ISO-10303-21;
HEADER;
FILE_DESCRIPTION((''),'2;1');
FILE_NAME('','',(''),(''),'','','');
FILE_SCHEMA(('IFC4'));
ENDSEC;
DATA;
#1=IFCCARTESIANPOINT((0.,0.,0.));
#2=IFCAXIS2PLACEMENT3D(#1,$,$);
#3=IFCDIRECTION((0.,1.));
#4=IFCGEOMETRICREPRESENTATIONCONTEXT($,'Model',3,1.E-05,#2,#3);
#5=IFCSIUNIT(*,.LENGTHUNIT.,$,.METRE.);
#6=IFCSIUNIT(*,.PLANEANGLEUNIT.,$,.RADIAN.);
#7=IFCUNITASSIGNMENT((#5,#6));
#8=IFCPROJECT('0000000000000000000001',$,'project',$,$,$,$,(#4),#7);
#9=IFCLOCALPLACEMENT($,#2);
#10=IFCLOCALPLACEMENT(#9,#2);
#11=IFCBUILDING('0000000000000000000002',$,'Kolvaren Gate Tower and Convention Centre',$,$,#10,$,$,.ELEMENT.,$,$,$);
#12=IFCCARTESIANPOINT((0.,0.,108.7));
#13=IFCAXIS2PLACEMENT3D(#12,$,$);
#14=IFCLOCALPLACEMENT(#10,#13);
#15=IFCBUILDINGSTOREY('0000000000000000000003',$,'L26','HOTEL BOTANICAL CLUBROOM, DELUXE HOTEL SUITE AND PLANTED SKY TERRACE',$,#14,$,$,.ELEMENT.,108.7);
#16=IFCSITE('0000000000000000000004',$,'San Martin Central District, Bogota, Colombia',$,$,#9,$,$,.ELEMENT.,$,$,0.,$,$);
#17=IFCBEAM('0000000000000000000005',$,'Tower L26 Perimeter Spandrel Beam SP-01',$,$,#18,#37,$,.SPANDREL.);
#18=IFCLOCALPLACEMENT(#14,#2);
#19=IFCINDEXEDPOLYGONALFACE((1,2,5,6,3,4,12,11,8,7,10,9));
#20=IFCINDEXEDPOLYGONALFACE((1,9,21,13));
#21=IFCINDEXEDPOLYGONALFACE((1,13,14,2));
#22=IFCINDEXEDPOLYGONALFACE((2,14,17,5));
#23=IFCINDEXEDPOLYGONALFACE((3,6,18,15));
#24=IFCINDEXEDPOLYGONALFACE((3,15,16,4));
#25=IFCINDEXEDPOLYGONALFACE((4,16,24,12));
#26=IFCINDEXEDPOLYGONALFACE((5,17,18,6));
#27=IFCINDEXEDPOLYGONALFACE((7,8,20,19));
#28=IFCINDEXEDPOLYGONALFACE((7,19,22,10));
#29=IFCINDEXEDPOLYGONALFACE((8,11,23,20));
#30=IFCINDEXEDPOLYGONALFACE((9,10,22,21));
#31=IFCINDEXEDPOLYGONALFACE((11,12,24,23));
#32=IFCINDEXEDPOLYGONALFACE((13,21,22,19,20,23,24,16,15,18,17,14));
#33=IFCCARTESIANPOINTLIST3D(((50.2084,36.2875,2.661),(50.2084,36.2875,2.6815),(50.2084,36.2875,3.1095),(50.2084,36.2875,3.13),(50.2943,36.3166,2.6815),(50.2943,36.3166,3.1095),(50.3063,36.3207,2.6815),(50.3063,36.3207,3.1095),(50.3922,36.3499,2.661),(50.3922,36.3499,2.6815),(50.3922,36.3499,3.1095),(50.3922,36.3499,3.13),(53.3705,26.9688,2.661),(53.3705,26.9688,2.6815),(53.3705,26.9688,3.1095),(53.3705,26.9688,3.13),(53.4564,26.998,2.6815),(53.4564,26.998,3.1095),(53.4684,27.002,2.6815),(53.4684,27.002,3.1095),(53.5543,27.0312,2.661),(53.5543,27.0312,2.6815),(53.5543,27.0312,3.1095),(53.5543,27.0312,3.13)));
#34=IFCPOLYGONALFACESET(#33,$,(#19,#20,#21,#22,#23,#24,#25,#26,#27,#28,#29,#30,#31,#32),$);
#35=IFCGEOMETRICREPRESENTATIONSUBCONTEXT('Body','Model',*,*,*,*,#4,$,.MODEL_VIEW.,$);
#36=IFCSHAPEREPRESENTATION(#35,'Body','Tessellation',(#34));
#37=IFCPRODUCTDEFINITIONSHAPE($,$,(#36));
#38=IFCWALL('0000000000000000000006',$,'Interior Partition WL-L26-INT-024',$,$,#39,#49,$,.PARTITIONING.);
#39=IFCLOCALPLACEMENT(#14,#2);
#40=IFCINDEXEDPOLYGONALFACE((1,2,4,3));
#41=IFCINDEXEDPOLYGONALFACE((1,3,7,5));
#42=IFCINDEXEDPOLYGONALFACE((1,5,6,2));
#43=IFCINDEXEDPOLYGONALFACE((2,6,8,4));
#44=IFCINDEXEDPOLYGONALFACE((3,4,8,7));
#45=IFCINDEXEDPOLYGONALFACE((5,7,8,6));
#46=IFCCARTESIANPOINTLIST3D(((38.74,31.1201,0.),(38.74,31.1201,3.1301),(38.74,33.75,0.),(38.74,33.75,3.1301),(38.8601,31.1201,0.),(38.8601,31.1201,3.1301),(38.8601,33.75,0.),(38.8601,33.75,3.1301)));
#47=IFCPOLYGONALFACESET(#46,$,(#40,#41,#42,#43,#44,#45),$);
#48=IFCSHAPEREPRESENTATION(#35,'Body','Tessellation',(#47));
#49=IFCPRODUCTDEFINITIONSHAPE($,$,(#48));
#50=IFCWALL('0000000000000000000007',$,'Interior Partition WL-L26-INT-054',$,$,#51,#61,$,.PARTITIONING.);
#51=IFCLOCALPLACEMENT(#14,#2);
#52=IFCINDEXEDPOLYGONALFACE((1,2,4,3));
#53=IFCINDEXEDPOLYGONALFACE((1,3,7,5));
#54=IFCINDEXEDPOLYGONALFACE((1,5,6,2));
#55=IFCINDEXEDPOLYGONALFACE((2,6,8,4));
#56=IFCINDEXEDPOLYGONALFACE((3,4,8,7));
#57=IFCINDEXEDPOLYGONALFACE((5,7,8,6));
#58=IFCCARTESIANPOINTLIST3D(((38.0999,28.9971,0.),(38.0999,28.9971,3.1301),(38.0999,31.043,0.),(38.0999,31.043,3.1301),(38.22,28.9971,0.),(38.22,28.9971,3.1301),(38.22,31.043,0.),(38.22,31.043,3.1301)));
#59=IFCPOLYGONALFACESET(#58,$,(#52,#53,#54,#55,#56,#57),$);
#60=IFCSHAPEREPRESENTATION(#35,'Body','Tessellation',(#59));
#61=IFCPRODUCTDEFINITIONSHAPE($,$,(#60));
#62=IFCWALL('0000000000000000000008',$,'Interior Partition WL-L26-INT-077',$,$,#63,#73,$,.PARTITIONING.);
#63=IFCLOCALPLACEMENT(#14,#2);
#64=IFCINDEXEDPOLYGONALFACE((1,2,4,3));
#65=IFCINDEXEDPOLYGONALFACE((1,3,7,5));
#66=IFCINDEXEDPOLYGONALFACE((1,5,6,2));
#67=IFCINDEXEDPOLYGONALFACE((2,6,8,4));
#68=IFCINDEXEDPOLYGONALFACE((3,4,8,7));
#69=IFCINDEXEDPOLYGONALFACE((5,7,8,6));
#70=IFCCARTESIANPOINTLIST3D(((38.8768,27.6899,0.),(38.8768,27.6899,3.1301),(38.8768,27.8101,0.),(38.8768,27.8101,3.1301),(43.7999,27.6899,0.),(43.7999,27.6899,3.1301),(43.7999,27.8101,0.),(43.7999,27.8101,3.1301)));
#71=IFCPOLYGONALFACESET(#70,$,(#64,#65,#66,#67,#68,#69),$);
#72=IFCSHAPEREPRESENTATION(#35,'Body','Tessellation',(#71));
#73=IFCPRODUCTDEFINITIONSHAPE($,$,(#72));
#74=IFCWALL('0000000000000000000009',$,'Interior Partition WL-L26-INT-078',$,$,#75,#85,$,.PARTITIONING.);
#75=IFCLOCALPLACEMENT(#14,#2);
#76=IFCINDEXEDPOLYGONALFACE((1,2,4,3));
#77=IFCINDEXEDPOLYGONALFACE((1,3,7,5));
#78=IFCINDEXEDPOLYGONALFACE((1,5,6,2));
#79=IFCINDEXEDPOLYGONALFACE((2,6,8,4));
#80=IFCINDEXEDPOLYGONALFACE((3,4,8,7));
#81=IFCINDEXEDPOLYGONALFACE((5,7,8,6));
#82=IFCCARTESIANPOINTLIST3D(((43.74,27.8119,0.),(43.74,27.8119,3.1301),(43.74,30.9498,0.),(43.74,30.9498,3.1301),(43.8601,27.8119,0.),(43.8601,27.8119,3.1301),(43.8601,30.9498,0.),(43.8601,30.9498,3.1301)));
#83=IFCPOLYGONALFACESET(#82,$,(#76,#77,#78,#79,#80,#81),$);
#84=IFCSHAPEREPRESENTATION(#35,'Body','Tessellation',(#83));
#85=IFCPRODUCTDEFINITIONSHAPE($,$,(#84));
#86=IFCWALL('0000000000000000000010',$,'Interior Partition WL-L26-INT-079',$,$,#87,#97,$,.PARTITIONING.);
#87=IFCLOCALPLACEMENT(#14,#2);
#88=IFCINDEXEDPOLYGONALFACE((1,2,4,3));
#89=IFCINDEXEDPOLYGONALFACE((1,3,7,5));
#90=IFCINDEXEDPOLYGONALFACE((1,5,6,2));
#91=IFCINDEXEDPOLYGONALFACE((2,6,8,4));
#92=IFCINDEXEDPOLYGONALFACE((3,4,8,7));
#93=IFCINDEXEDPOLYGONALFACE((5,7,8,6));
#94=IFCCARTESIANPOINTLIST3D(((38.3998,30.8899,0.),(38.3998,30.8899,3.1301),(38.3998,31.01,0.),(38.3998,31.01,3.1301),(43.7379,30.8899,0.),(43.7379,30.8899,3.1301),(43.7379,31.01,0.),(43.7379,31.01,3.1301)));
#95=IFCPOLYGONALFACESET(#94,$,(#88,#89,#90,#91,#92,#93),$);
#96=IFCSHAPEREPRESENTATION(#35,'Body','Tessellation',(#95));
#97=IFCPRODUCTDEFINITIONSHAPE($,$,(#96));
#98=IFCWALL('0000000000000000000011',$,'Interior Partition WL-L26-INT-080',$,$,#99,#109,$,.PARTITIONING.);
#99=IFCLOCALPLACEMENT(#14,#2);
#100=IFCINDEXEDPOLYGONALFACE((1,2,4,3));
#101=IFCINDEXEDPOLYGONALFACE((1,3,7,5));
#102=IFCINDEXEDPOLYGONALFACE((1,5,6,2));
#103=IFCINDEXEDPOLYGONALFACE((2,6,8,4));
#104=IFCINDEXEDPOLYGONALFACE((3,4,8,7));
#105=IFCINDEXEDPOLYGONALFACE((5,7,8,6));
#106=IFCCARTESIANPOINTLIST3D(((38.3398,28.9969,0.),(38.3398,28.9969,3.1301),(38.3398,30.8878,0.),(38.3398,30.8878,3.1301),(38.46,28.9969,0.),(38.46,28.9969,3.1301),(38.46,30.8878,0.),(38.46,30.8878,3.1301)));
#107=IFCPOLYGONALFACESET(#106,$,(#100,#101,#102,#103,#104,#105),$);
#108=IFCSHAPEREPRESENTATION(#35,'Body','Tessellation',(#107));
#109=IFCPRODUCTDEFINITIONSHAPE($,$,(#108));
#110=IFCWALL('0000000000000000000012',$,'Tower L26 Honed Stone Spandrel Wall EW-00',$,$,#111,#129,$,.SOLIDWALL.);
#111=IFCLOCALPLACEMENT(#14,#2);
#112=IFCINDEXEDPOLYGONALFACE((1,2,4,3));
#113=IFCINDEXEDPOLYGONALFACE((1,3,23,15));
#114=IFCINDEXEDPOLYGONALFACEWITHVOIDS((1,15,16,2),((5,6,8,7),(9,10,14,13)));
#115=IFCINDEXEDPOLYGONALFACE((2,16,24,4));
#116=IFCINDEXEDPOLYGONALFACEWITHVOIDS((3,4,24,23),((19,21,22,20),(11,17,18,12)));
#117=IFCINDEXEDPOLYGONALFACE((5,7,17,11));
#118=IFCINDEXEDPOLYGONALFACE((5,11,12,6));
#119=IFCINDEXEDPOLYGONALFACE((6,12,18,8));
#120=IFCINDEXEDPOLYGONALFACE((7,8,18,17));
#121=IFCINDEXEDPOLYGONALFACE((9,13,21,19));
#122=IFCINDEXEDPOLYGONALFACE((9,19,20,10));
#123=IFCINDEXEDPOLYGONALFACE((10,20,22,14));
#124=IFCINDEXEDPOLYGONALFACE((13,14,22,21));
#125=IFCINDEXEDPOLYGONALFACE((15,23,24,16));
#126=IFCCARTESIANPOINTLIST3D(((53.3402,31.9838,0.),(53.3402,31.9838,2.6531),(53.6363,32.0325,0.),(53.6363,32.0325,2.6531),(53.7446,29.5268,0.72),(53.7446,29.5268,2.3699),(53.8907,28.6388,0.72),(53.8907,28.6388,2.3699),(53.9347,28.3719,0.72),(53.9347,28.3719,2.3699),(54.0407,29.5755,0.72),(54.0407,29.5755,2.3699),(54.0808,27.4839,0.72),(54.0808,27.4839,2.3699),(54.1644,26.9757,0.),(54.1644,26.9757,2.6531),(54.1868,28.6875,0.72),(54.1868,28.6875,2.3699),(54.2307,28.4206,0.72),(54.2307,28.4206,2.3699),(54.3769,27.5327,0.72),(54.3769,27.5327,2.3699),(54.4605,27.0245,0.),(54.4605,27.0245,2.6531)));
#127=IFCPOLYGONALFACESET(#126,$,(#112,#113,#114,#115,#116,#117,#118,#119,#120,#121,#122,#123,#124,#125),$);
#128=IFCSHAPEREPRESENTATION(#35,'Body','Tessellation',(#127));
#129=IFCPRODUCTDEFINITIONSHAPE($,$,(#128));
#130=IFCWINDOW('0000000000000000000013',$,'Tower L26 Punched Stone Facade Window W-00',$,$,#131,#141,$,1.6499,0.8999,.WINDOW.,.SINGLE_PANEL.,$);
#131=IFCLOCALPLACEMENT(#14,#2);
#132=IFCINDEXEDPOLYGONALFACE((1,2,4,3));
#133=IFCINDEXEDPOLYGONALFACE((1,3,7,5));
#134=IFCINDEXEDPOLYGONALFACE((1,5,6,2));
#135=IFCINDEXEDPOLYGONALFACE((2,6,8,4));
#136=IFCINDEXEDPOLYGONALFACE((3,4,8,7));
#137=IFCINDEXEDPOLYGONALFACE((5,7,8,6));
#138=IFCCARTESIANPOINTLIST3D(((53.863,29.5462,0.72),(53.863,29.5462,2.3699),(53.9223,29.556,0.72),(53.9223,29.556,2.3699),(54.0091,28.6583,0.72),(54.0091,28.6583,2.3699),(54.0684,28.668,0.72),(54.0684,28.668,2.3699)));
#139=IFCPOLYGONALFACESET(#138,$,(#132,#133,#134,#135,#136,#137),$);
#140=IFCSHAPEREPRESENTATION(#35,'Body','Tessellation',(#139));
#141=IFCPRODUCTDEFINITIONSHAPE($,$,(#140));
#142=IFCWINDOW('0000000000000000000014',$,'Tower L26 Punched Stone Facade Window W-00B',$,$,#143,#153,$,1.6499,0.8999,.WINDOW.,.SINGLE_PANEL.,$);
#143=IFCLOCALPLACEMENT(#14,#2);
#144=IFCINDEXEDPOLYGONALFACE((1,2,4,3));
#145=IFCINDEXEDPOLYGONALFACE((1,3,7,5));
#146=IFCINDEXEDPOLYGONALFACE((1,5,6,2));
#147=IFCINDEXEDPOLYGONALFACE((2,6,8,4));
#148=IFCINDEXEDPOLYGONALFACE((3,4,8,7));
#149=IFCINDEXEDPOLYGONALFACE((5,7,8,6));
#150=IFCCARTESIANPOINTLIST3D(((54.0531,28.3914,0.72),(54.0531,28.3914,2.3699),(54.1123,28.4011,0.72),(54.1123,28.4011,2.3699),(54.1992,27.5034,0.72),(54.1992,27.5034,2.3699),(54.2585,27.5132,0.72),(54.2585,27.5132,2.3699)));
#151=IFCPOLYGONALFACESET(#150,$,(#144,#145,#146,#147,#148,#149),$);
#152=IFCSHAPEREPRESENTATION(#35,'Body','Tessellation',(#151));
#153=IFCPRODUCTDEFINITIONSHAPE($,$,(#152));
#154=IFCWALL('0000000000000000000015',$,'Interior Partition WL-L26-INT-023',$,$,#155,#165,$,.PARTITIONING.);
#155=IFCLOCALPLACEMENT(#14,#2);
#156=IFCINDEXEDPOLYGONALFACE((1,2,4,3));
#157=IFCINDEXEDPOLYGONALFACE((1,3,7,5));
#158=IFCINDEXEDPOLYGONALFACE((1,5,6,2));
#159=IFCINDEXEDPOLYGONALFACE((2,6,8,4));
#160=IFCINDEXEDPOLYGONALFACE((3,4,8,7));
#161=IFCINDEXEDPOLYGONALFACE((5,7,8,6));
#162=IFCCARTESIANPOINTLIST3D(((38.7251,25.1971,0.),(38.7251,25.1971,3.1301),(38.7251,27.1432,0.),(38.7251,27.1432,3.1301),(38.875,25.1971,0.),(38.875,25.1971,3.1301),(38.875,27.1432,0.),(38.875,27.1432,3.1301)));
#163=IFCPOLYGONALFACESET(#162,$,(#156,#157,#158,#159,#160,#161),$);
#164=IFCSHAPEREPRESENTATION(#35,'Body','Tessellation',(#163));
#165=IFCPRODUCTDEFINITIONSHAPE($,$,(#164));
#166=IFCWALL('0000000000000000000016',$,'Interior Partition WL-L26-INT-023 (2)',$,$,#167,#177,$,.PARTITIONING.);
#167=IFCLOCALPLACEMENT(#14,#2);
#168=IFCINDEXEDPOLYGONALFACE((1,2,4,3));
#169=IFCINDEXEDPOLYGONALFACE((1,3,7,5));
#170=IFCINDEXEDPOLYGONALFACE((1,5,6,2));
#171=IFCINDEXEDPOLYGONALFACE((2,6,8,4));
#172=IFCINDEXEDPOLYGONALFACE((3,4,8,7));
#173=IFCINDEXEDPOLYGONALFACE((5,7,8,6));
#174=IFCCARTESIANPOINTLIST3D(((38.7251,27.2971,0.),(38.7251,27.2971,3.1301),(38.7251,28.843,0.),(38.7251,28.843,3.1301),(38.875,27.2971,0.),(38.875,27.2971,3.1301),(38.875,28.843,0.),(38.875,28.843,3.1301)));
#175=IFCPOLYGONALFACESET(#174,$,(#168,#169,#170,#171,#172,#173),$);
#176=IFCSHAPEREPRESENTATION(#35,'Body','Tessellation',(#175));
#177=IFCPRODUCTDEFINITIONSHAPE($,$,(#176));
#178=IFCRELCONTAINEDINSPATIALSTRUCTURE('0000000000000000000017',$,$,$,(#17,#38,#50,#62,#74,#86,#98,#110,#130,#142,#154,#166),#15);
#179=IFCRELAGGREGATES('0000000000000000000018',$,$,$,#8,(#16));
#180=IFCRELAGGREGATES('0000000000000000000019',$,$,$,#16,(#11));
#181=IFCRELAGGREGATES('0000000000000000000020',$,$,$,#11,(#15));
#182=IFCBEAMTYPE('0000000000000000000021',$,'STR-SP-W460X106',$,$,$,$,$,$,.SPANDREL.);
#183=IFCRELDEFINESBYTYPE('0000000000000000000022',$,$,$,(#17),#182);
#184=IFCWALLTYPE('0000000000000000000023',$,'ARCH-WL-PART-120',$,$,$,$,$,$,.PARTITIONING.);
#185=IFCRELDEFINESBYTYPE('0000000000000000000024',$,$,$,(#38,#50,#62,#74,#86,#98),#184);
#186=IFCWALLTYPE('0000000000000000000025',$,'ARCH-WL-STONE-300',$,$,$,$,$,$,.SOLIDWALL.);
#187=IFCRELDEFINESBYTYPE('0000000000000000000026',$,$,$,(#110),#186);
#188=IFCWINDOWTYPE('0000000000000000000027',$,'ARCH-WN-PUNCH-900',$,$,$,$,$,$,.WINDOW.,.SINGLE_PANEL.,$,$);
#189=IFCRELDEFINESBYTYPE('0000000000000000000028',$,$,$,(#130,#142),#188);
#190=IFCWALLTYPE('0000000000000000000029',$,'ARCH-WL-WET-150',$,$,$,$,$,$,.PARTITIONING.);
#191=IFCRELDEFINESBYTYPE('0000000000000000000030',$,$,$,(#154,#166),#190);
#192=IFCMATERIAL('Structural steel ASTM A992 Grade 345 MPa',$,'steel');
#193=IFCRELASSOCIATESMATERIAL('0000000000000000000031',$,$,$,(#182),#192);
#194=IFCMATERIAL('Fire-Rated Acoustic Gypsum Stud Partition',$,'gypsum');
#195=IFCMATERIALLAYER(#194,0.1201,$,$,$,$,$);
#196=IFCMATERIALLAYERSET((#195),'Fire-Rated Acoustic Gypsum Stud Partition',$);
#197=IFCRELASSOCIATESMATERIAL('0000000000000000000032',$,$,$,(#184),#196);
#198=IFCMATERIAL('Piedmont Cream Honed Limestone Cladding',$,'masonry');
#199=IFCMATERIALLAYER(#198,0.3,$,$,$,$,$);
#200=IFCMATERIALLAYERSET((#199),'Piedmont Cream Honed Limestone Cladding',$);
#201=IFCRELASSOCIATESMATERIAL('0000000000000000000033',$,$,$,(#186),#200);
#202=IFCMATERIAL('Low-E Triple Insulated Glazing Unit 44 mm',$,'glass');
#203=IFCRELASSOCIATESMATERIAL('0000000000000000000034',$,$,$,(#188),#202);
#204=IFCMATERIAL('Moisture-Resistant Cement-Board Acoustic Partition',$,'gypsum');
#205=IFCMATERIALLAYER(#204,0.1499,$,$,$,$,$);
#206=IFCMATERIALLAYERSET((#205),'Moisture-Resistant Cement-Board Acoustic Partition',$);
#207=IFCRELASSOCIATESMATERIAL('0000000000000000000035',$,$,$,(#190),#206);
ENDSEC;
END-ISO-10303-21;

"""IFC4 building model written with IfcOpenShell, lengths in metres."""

from ifc_helpers import new_model, si_unit, direction, frame, frame_2d, origin, origin_2d, place, context, subcontext, project, spatial, rectangle, i_section, extrude, material, layer, layer_set, material_profile, profile_set, type_object, element, fill, save


model = new_model("IFC4")

# Units and contexts
model_context = context("Model", 3, precision=1e-05, world=origin(), true_north=direction((0.0, 1.0)))
body_context = subcontext(model_context, "Body", "Model", "MODEL_VIEW")
ifc_project = project(units=[si_unit("LENGTHUNIT", "METRE"), si_unit("PLANEANGLEUNIT", "RADIAN")], contexts=[model_context])

# Site, building, storey
site_placement = place(None, origin())
site = spatial("IfcSite", under=ifc_project, at=site_placement, Name="San Martin Central District, Bogota, Colombia", CompositionType="ELEMENT", RefElevation=0.0)
building_placement = place(site_placement, origin())
building = spatial("IfcBuilding", under=site, at=building_placement, Name="Kolvaren Gate Tower and Convention Centre", CompositionType="ELEMENT")
storey_placement = place(building_placement, frame((0.0, 0.0, 108.7)))
storey = spatial("IfcBuildingStorey", under=building, at=storey_placement, Name="L26", Description="HOTEL BOTANICAL CLUBROOM, DELUXE HOTEL SUITE AND PLANTED SKY TERRACE", CompositionType="ELEMENT", Elevation=108.7)

# Beam
ifc_material_1 = material(Name="Structural steel ASTM A992 Grade 345 MPa", Category="steel")
ifc_material_profile_1 = material_profile(ifc_material_1, i_section(OverallWidth=0.1941, OverallDepth=0.469, WebThickness=0.0127, FlangeThickness=0.0205, at=origin_2d()), Name="W460X106")
ifc_profile_set_1 = profile_set([ifc_material_profile_1], Name="Structural steel ASTM A992 Grade 345 MPa")
beam_type_1 = type_object("IfcBeamType", Name="STR-SP-W460X106", PredefinedType="SPANDREL", material=ifc_profile_set_1)
beam_1_placement = place(storey_placement, frame((53.4624, 27.0, 2.8955), z_axis=(-0.321336, 0.946965, 0.0), x_axis=(-0.946965, -0.321336, 0.0)))
element("IfcBeam", 1, at=beam_1_placement, inside=storey, type_object=beam_type_1, Name="Tower L26 Perimeter Spandrel Beam SP-01", PredefinedType="SPANDREL", context=body_context, shape_type="SweptSolid", body=[
    extrude(i_section(OverallWidth=0.1941, OverallDepth=0.469, WebThickness=0.0127, FlangeThickness=0.0205, at=origin_2d()), origin(), (0.0, 0.0, 1.0), 9.8406),
])

# Walls
ifc_material_2 = material(Name="Fire-Rated Acoustic Gypsum Stud Partition", Category="gypsum")
ifc_layer_1 = layer(ifc_material_2, 0.1201)
ifc_layer_set_1 = layer_set([ifc_layer_1], Name="Fire-Rated Acoustic Gypsum Stud Partition")
wall_type_1 = type_object("IfcWallType", Name="ARCH-WL-PART-120", PredefinedType="PARTITIONING", material=ifc_layer_set_1)
wall_1_placement = place(storey_placement, frame((38.8, 31.1201, 0.0), z_axis=(0.0, 0.0, 1.0), x_axis=(0.0, 1.0, 0.0)))
element("IfcWall", 2, at=wall_1_placement, inside=storey, type_object=wall_type_1, Name="Interior Partition WL-L26-INT-024", PredefinedType="PARTITIONING", context=body_context, shape_type="SweptSolid", body=[
    extrude(rectangle(XDim=2.6299, YDim=0.1201, at=frame_2d((1.3149, 0.0))), origin(), (0.0, 0.0, 1.0), 3.1301),
])
wall_2_placement = place(storey_placement, frame((38.1599, 28.9971, 0.0), z_axis=(0.0, 0.0, 1.0), x_axis=(0.0, 1.0, 0.0)))
element("IfcWall", 3, at=wall_2_placement, inside=storey, type_object=wall_type_1, Name="Interior Partition WL-L26-INT-054", PredefinedType="PARTITIONING", context=body_context, shape_type="SweptSolid", body=[
    extrude(rectangle(XDim=2.0459, YDim=0.1201, at=frame_2d((1.0229, 0.0))), origin(), (0.0, 0.0, 1.0), 3.1301),
])
wall_3_placement = place(storey_placement, frame((38.877, 27.75, 0.0), z_axis=(0.0, 0.0, 1.0), x_axis=(1.0, 0.0, 0.0)))
element("IfcWall", 4, at=wall_3_placement, inside=storey, type_object=wall_type_1, Name="Interior Partition WL-L26-INT-077", PredefinedType="PARTITIONING", context=body_context, shape_type="SweptSolid", body=[
    extrude(rectangle(XDim=4.9231, YDim=0.1201, at=frame_2d((2.4614, 0.0))), origin(), (0.0, 0.0, 1.0), 3.1301),
])
wall_4_placement = place(storey_placement, frame((43.8, 27.812, 0.0), z_axis=(0.0, 0.0, 1.0), x_axis=(0.0, 1.0, 0.0)))
element("IfcWall", 5, at=wall_4_placement, inside=storey, type_object=wall_type_1, Name="Interior Partition WL-L26-INT-078", PredefinedType="PARTITIONING", context=body_context, shape_type="SweptSolid", body=[
    extrude(rectangle(XDim=3.1379, YDim=0.1201, at=frame_2d((1.5688, 0.0))), origin(), (0.0, 0.0, 1.0), 3.1301),
])
wall_5_placement = place(storey_placement, frame((38.3999, 30.95, 0.0), z_axis=(0.0, 0.0, 1.0), x_axis=(1.0, 0.0, 0.0)))
element("IfcWall", 6, at=wall_5_placement, inside=storey, type_object=wall_type_1, Name="Interior Partition WL-L26-INT-079", PredefinedType="PARTITIONING", context=body_context, shape_type="SweptSolid", body=[
    extrude(rectangle(XDim=5.3381, YDim=0.1201, at=frame_2d((2.6689, 0.0))), origin(), (0.0, 0.0, 1.0), 3.1301),
])
wall_6_placement = place(storey_placement, frame((38.3999, 28.9971, 0.0), z_axis=(0.0, 0.0, 1.0), x_axis=(0.0, 1.0, 0.0)))
element("IfcWall", 7, at=wall_6_placement, inside=storey, type_object=wall_type_1, Name="Interior Partition WL-L26-INT-080", PredefinedType="PARTITIONING", context=body_context, shape_type="SweptSolid", body=[
    extrude(rectangle(XDim=1.8909, YDim=0.1201, at=frame_2d((0.9453, 0.0))), origin(), (0.0, 0.0, 1.0), 3.1301),
])

# Wall, openings, windows
ifc_material_3 = material(Name="Piedmont Cream Honed Limestone Cladding", Category="masonry")
ifc_layer_2 = layer(ifc_material_3, 0.3)
ifc_layer_set_2 = layer_set([ifc_layer_2], Name="Piedmont Cream Honed Limestone Cladding")
wall_type_2 = type_object("IfcWallType", Name="ARCH-WL-STONE-300", PredefinedType="SOLIDWALL", material=ifc_layer_set_2)
wall_7_placement = place(storey_placement, frame((53.4883, 32.0081, 0.0), z_axis=(0.0, 0.0, 1.0), x_axis=(0.162394, -0.986726, 0.0)))
wall_7 = element("IfcWall", 8, at=wall_7_placement, inside=storey, type_object=wall_type_2, Name="Tower L26 Honed Stone Spandrel Wall EW-00", PredefinedType="SOLIDWALL", context=body_context, shape_type="SweptSolid", body=[
    extrude(rectangle(XDim=5.0754, YDim=0.3, at=frame_2d((2.5376, 0.0))), origin(), (0.0, 0.0, 1.0), 2.6531),
])
opening_1_placement = place(wall_7_placement, frame((2.49, 0.0, 0.72)))
opening_1 = element("IfcOpeningElement", 9, at=opening_1_placement, cuts=wall_7, PredefinedType="OPENING", context=body_context, shape_type="SweptSolid", body=[
    extrude(rectangle(XDim=0.8999, YDim=1.6499, at=frame_2d((0.45, 0.825))), frame((0.0, 0.1599, 0.0), z_axis=(0.0, -1.0, 0.0), x_axis=(1.0, 0.0, 0.0)), (0.0, 0.0, 1.0), 0.3201),
])
opening_2_placement = place(wall_7_placement, frame((3.6604, 0.0, 0.72)))
opening_2 = element("IfcOpeningElement", 10, at=opening_2_placement, cuts=wall_7, PredefinedType="OPENING", context=body_context, shape_type="SweptSolid", body=[
    extrude(rectangle(XDim=0.8999, YDim=1.6499, at=frame_2d((0.45, 0.825))), frame((0.0, 0.1599, 0.0), z_axis=(0.0, -1.0, 0.0), x_axis=(1.0, 0.0, 0.0)), (0.0, 0.0, 1.0), 0.3201),
])
ifc_material_4 = material(Name="Low-E Triple Insulated Glazing Unit 44 mm", Category="glass")
window_type = type_object("IfcWindowType", Name="ARCH-WN-PUNCH-900", PartitioningType="SINGLE_PANEL", PredefinedType="WINDOW", material=ifc_material_4)
window_1_placement = place(opening_1_placement, origin())
window_1 = element("IfcWindow", 11, at=window_1_placement, inside=storey, type_object=window_type, Name="Tower L26 Punched Stone Facade Window W-00", OverallHeight=1.6499, OverallWidth=0.8999, PartitioningType="SINGLE_PANEL", PredefinedType="WINDOW", context=body_context, shape_type="SweptSolid", body=[
    extrude(rectangle(XDim=0.8999, YDim=1.6499, at=frame_2d((0.45, 0.825))), frame((0.0, 0.03, 0.0), z_axis=(0.0, -1.0, 0.0), x_axis=(1.0, 0.0, 0.0)), (0.0, 0.0, 1.0), 0.0601),
])
fill(opening_1, window_1)
window_2_placement = place(opening_2_placement, origin())
window_2 = element("IfcWindow", 12, at=window_2_placement, inside=storey, type_object=window_type, Name="Tower L26 Punched Stone Facade Window W-00B", OverallHeight=1.6499, OverallWidth=0.8999, PartitioningType="SINGLE_PANEL", PredefinedType="WINDOW", context=body_context, shape_type="SweptSolid", body=[
    extrude(rectangle(XDim=0.8999, YDim=1.6499, at=frame_2d((0.45, 0.825))), frame((0.0, 0.03, 0.0), z_axis=(0.0, -1.0, 0.0), x_axis=(1.0, 0.0, 0.0)), (0.0, 0.0, 1.0), 0.0601),
])
fill(opening_2, window_2)

# Walls
ifc_material_5 = material(Name="Moisture-Resistant Cement-Board Acoustic Partition", Category="gypsum")
ifc_layer_3 = layer(ifc_material_5, 0.1499)
ifc_layer_set_3 = layer_set([ifc_layer_3], Name="Moisture-Resistant Cement-Board Acoustic Partition")
wall_type_3 = type_object("IfcWallType", Name="ARCH-WL-WET-150", PredefinedType="PARTITIONING", material=ifc_layer_set_3)
wall_8_placement = place(storey_placement, frame((38.8, 25.197, 0.0), z_axis=(0.0, 0.0, 1.0), x_axis=(0.0, 1.0, 0.0)))
element("IfcWall", 13, at=wall_8_placement, inside=storey, type_object=wall_type_3, Name="Interior Partition WL-L26-INT-023", PredefinedType="PARTITIONING", context=body_context, shape_type="SweptSolid", body=[
    extrude(rectangle(XDim=1.946, YDim=0.1499, at=frame_2d((0.9731, 0.0))), origin(), (0.0, 0.0, 1.0), 3.1301),
])
wall_9_placement = place(storey_placement, frame((38.8, 27.2971, 0.0), z_axis=(0.0, 0.0, 1.0), x_axis=(0.0, 1.0, 0.0)))
element("IfcWall", 14, at=wall_9_placement, inside=storey, type_object=wall_type_3, Name="Interior Partition WL-L26-INT-023 (2)", PredefinedType="PARTITIONING", context=body_context, shape_type="SweptSolid", body=[
    extrude(rectangle(XDim=1.5459, YDim=0.1499, at=frame_2d((0.7729, 0.0))), origin(), (0.0, 0.0, 1.0), 3.1301),
])

save(model, "model.ifc")
